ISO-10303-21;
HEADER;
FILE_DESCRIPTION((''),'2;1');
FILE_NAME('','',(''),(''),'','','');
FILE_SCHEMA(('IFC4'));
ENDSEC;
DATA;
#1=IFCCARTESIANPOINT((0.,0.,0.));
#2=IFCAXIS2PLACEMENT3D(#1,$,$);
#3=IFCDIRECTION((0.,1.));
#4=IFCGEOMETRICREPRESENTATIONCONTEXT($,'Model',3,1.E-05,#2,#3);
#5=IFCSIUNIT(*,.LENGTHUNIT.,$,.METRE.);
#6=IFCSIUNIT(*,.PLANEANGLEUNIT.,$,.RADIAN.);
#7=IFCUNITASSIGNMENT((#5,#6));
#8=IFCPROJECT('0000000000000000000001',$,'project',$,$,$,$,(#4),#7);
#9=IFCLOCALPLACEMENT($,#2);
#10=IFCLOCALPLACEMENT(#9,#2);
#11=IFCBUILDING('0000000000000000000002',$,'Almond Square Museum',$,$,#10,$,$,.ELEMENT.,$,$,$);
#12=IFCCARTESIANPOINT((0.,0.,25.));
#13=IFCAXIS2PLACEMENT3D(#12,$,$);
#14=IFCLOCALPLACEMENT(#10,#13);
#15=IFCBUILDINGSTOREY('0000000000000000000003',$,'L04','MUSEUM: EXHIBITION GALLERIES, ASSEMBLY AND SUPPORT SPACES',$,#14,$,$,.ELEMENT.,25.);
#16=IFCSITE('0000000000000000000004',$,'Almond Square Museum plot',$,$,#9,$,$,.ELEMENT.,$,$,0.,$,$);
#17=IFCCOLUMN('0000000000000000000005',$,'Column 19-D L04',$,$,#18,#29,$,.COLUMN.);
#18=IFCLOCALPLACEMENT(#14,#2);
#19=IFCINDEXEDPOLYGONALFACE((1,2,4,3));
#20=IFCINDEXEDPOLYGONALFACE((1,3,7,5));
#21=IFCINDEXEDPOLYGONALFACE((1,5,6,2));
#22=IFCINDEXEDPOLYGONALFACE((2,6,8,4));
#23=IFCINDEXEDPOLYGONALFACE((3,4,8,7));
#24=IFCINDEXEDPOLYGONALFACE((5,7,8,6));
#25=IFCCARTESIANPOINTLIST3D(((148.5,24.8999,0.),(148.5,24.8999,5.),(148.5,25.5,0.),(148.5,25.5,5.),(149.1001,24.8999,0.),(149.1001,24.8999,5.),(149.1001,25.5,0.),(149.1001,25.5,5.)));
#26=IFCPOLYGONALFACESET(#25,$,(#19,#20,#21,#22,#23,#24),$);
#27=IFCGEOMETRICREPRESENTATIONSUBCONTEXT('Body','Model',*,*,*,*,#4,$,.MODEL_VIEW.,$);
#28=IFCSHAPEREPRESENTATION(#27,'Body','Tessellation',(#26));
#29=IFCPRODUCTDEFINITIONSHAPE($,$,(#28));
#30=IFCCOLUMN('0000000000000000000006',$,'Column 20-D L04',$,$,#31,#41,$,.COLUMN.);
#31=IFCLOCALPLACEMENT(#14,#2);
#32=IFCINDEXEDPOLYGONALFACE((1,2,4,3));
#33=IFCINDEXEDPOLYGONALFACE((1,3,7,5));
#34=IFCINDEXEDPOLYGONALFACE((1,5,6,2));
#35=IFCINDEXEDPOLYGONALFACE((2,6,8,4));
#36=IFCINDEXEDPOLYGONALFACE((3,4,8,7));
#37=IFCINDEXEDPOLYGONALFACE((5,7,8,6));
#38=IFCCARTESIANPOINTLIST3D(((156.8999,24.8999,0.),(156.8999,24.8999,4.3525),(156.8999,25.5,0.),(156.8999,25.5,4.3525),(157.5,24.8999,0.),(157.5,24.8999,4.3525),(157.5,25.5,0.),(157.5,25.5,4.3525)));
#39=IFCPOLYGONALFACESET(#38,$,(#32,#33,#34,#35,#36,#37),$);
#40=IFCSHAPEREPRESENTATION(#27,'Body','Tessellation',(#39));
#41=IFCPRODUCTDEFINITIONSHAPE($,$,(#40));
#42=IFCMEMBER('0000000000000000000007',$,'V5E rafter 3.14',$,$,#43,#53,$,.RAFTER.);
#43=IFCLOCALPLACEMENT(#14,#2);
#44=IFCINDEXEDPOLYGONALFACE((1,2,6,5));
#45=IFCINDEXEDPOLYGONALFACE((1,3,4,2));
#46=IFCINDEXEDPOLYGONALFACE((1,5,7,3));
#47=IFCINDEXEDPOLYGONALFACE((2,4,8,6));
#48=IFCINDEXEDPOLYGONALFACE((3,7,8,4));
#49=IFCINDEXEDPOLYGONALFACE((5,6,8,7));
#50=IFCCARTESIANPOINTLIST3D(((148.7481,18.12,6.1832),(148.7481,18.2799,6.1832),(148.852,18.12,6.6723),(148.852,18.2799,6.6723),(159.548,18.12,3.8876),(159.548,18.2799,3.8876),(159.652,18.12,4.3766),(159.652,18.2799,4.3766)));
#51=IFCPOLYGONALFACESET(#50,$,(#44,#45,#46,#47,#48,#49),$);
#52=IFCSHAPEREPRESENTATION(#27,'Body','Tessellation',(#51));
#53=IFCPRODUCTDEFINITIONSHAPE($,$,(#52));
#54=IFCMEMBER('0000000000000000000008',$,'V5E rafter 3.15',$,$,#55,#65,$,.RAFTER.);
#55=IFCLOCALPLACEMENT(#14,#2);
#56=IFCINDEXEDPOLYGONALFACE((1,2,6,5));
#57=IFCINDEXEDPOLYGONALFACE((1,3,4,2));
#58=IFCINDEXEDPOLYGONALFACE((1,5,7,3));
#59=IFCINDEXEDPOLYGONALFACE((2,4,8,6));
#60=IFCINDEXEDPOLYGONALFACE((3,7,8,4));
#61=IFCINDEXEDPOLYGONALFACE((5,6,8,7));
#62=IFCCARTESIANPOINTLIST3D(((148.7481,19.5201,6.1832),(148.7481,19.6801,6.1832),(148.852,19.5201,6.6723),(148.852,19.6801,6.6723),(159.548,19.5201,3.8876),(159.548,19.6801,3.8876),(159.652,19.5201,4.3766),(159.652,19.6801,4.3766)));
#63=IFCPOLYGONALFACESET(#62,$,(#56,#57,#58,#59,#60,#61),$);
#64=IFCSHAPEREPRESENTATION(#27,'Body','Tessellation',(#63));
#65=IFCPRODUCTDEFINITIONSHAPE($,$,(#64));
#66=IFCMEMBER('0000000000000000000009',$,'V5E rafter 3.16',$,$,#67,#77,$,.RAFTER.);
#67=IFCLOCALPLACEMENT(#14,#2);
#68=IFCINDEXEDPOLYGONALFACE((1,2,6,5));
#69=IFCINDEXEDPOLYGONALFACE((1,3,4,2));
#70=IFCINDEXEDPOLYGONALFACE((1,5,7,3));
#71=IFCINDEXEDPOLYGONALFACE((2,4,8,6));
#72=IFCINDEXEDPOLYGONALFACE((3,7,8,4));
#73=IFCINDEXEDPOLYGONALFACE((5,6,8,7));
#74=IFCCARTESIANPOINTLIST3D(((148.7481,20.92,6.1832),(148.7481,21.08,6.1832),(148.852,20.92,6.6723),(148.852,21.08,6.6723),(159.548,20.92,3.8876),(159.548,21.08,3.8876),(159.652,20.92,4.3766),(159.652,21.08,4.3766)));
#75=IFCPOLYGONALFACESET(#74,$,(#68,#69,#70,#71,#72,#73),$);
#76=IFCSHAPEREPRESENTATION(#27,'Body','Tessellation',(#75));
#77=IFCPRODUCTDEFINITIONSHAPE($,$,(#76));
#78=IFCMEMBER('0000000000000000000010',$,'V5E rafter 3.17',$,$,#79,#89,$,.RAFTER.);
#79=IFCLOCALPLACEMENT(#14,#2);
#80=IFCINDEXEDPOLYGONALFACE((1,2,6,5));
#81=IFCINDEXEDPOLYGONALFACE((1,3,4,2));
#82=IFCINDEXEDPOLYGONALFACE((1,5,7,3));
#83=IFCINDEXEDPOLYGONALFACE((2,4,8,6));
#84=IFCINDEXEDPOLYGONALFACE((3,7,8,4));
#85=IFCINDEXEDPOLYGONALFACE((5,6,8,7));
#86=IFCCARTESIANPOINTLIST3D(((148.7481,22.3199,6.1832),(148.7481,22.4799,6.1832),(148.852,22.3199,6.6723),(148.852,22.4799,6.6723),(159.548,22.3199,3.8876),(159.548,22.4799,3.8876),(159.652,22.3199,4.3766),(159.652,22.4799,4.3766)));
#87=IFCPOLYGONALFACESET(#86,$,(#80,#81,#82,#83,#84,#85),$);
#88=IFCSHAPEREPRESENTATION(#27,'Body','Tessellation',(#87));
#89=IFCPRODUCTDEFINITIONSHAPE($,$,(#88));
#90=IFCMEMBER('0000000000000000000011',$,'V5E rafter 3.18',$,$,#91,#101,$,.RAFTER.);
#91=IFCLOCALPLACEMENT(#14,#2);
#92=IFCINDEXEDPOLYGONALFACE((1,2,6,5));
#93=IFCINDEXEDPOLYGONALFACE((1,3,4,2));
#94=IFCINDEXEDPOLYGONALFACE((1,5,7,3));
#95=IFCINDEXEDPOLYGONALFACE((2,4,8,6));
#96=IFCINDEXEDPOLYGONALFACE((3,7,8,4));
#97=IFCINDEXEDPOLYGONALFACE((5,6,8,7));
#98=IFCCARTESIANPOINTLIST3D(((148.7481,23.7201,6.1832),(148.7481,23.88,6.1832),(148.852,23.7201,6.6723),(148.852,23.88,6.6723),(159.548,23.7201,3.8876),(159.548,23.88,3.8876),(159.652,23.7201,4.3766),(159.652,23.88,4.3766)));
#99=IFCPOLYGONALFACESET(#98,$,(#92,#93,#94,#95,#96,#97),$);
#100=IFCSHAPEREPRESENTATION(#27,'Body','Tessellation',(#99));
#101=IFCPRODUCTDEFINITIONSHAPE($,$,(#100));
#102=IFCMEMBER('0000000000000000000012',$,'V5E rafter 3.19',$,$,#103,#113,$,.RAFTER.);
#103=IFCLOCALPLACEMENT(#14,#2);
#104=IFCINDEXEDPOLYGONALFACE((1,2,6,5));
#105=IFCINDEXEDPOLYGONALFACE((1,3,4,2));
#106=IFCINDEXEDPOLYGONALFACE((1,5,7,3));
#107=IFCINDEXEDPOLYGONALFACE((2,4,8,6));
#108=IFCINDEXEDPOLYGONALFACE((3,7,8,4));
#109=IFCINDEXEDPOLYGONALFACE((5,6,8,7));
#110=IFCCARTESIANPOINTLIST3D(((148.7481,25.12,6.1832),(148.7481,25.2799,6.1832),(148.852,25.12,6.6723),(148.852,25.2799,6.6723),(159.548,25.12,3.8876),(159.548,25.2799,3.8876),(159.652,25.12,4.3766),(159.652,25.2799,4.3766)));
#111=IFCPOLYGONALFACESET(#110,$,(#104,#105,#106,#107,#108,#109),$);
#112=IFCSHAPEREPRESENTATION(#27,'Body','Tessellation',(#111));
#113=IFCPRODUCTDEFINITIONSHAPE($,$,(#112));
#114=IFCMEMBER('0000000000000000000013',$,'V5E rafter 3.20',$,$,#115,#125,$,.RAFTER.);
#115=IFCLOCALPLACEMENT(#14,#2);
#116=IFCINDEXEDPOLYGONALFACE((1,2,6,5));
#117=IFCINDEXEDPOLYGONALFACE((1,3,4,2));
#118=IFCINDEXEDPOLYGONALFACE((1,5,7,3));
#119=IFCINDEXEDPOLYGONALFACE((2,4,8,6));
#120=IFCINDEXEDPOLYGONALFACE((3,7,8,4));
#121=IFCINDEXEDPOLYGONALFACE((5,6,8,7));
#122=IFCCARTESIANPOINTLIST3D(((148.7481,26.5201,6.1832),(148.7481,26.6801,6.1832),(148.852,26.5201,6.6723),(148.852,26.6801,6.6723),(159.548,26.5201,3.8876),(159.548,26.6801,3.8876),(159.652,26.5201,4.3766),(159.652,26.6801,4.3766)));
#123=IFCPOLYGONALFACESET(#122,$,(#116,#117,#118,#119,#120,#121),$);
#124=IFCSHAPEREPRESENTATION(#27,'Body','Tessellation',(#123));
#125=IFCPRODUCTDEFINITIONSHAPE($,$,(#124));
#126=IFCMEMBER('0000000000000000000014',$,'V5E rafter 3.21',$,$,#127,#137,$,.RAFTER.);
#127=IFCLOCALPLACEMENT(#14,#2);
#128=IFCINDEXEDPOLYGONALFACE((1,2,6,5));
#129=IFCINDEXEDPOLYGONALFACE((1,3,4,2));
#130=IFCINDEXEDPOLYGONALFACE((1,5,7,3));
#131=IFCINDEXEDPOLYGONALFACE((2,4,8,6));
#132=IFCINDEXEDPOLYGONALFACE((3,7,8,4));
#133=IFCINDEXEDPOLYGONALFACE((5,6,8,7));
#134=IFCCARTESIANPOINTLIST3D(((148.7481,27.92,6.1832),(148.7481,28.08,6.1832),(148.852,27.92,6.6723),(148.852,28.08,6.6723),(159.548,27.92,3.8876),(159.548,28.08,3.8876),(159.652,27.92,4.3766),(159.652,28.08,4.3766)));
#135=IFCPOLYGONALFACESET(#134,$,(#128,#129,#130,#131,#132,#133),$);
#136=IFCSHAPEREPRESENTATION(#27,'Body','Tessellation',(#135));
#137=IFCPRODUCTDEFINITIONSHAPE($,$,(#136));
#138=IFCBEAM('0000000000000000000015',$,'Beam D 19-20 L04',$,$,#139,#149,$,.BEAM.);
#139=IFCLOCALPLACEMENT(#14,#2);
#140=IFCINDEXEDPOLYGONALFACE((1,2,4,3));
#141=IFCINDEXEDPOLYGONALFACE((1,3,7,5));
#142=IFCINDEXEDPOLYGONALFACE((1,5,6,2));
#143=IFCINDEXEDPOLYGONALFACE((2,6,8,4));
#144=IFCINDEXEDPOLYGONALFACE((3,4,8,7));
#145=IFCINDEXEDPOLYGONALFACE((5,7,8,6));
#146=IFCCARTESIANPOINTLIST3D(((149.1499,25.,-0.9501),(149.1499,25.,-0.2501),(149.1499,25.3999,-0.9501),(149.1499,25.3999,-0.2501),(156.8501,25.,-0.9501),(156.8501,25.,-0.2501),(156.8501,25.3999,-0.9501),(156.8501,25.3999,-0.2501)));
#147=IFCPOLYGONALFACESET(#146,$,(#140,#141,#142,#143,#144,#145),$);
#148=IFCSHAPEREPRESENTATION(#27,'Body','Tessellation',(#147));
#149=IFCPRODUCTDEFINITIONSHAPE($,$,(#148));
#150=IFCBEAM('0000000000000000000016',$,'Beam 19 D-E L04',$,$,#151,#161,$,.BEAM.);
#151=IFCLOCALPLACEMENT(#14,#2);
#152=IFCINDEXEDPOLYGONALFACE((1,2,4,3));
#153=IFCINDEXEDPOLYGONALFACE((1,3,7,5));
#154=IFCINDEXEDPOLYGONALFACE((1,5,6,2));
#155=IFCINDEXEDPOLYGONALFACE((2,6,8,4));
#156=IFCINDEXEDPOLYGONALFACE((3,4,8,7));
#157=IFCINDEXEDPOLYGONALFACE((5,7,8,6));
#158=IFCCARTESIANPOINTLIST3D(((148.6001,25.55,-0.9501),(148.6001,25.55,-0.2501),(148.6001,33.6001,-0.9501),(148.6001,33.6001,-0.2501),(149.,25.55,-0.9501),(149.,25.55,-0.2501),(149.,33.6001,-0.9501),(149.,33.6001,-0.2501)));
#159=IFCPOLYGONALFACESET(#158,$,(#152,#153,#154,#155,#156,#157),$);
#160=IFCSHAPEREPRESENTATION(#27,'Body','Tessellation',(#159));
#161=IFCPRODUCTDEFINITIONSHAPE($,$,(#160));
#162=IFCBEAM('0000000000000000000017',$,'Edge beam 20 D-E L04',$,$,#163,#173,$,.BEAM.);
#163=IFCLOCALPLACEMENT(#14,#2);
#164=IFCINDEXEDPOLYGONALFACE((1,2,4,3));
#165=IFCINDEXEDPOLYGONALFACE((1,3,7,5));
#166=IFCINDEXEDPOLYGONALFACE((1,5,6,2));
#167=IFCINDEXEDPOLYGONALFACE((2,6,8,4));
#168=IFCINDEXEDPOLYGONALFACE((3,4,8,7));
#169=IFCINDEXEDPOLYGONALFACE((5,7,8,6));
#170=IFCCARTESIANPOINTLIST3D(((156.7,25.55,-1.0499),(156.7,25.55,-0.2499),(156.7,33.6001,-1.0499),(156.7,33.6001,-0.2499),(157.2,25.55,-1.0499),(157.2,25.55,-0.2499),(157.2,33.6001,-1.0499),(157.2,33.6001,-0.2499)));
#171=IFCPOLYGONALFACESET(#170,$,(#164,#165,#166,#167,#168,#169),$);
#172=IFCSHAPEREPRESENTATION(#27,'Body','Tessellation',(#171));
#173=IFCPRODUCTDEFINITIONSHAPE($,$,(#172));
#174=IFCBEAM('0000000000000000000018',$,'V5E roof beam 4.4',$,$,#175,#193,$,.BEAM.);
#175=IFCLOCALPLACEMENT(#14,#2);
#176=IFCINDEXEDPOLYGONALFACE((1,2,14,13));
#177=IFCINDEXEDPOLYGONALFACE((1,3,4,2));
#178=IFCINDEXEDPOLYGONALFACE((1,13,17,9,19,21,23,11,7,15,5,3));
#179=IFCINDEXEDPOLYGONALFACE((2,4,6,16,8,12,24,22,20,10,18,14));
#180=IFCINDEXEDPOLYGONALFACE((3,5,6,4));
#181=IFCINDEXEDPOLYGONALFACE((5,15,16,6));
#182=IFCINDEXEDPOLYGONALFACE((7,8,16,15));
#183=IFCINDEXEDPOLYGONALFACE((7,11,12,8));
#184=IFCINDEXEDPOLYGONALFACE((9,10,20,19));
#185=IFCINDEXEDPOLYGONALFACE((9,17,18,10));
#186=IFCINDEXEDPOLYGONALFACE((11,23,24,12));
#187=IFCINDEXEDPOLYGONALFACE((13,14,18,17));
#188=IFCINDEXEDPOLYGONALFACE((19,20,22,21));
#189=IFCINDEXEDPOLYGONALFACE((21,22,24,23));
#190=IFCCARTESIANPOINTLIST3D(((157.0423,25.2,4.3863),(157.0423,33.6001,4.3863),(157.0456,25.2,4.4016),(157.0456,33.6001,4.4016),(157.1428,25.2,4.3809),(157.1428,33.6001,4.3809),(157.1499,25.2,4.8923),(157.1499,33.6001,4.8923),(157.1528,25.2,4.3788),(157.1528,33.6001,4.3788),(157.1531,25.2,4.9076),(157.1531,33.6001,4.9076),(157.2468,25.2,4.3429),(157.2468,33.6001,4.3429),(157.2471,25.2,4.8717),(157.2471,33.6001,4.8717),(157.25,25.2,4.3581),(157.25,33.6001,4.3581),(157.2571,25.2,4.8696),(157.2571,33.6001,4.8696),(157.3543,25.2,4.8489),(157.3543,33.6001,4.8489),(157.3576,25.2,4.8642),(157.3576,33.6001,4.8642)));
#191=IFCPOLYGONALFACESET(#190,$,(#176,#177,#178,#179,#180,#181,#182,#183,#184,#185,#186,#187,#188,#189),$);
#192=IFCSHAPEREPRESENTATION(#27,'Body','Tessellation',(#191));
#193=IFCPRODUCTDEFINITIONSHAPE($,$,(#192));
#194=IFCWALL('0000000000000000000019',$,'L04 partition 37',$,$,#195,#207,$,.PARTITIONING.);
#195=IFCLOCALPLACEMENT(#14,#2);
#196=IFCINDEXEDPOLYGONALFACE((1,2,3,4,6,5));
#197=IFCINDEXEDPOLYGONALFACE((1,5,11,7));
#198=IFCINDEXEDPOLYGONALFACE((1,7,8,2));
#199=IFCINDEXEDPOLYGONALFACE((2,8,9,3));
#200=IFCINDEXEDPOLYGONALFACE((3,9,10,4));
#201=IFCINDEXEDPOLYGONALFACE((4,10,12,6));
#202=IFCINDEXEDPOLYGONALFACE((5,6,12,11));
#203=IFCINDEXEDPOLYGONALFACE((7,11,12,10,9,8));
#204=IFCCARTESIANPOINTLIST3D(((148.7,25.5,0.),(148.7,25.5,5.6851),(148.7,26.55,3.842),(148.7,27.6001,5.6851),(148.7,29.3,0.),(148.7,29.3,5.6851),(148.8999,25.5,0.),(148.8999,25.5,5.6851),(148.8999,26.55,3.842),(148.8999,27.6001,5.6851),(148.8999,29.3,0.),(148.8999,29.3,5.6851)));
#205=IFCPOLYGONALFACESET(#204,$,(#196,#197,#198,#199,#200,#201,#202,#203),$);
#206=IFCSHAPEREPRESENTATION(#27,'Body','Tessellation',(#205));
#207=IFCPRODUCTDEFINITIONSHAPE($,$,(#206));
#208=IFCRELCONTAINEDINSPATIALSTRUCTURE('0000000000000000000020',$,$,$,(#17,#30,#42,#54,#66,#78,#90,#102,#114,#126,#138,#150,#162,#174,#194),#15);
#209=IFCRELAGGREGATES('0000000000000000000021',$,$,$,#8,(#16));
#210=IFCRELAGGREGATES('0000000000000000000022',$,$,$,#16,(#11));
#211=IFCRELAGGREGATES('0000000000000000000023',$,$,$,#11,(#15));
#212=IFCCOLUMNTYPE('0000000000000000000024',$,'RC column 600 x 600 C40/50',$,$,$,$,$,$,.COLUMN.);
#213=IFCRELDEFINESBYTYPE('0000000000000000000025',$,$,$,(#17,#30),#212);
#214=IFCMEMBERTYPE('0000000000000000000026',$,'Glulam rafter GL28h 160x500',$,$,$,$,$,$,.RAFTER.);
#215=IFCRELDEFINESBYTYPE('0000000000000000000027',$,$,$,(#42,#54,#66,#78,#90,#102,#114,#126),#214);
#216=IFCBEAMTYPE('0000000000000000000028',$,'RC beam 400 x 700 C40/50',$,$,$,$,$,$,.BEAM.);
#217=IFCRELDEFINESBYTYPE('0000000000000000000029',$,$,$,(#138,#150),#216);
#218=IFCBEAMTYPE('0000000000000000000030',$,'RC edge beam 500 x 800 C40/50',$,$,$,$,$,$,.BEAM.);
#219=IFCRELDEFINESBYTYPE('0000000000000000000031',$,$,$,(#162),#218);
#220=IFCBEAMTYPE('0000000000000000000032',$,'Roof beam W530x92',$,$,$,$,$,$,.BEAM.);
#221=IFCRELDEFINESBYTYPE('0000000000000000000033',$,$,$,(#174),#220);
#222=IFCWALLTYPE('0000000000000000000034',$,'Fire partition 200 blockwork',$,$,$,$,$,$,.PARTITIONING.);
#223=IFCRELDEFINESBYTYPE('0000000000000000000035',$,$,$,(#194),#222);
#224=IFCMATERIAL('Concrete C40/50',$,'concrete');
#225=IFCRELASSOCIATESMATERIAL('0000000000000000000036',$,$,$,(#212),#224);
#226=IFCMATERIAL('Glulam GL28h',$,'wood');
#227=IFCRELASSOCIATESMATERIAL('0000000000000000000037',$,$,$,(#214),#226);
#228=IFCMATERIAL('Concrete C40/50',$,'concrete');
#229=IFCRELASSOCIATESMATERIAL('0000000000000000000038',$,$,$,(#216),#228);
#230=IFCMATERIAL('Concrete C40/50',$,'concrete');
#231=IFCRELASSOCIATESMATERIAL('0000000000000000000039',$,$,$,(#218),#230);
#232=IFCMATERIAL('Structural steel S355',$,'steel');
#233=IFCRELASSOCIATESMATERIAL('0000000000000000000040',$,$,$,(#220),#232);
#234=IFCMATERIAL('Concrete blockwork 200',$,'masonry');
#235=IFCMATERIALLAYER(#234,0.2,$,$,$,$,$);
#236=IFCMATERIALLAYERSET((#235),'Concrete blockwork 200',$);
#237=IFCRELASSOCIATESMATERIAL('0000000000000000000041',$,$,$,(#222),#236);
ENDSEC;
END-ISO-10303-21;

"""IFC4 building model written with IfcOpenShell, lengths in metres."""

from ifc_helpers import new_model, si_unit, direction, frame, origin, origin_2d, place, context, subcontext, project, spatial, polyline, rectangle, i_section, outline, extrude, material, layer, layer_set, material_profile, profile_set, type_object, element, save


model = new_model("IFC4")

# Units and contexts
model_context = context("Model", 3, precision=1e-05, world=origin(), true_north=direction((0.0, 1.0)))
body_context = subcontext(model_context, "Body", "Model", "MODEL_VIEW")
ifc_project = project(units=[si_unit("LENGTHUNIT", "METRE"), si_unit("PLANEANGLEUNIT", "RADIAN")], contexts=[model_context])

# Site, building, storey
site_placement = place(None, origin())
site = spatial("IfcSite", under=ifc_project, at=site_placement, Name="Almond Square Museum plot", CompositionType="ELEMENT", RefElevation=0.0)
building_placement = place(site_placement, origin())
building = spatial("IfcBuilding", under=site, at=building_placement, Name="Almond Square Museum", CompositionType="ELEMENT")
storey_placement = place(building_placement, frame((0.0, 0.0, 25.0)))
storey = spatial("IfcBuildingStorey", under=building, at=storey_placement, Name="L04", Description="MUSEUM: EXHIBITION GALLERIES, ASSEMBLY AND SUPPORT SPACES", CompositionType="ELEMENT", Elevation=25.0)

# Columns
ifc_material_1 = material(Name="Concrete C40/50", Category="concrete")
ifc_material_profile_1 = material_profile(ifc_material_1, rectangle(XDim=0.6001, YDim=0.6001, at=origin_2d()))
ifc_profile_set_1 = profile_set([ifc_material_profile_1], Name="Concrete C40/50")
column_type = type_object("IfcColumnType", Name="RC column 600 x 600 C40/50", PredefinedType="COLUMN", material=ifc_profile_set_1)
column_1_placement = place(storey_placement, frame((148.8, 25.2, 0.0), z_axis=(0.0, 0.0, 1.0), x_axis=(1.0, 0.0, 0.0)))
element("IfcColumn", 1, at=column_1_placement, inside=storey, type_object=column_type, Name="Column 19-D L04", PredefinedType="COLUMN", context=body_context, shape_type="SweptSolid", body=[
    extrude(rectangle(XDim=0.6001, YDim=0.6001, at=origin_2d()), origin(), (0.0, 0.0, 1.0), 5.0),
])
column_2_placement = place(storey_placement, frame((157.2, 25.2, 0.0), z_axis=(0.0, 0.0, 1.0), x_axis=(1.0, 0.0, 0.0)))
element("IfcColumn", 2, at=column_2_placement, inside=storey, type_object=column_type, Name="Column 20-D L04", PredefinedType="COLUMN", context=body_context, shape_type="SweptSolid", body=[
    extrude(rectangle(XDim=0.6001, YDim=0.6001, at=origin_2d()), origin(), (0.0, 0.0, 1.0), 4.3525),
])

# Members
ifc_material_2 = material(Name="Glulam GL28h", Category="wood")
ifc_material_profile_2 = material_profile(ifc_material_2, rectangle(XDim=0.1599, YDim=0.5, at=origin_2d()))
ifc_profile_set_2 = profile_set([ifc_material_profile_2], Name="Glulam GL28h")
member_type = type_object("IfcMemberType", Name="Glulam rafter GL28h 160x500", PredefinedType="RAFTER", material=ifc_profile_set_2)
for number, where, z_axis, x_axis, name in (
    (3, (148.8, 18.2, 6.4277), (0.978147, 0.0, -0.207915), (0.0, 1.0, 0.0), "V5E rafter 3.14"),
    (4, (148.8, 19.6001, 6.4277), (0.978147, 0.0, -0.207915), (0.0, 1.0, 0.0), "V5E rafter 3.15"),
    (5, (148.8, 21.0, 6.4277), (0.978147, 0.0, -0.207915), (0.0, 1.0, 0.0), "V5E rafter 3.16"),
    (6, (148.8, 22.3999, 6.4277), (0.978147, 0.0, -0.207915), (0.0, 1.0, 0.0), "V5E rafter 3.17"),
    (7, (148.8, 23.8, 6.4277), (0.978147, 0.0, -0.207915), (0.0, 1.0, 0.0), "V5E rafter 3.18"),
    (8, (148.8, 25.2, 6.4277), (0.978147, 0.0, -0.207915), (0.0, 1.0, 0.0), "V5E rafter 3.19"),
    (9, (148.8, 26.6001, 6.4277), (0.978147, 0.0, -0.207915), (0.0, 1.0, 0.0), "V5E rafter 3.20"),
    (10, (148.8, 28.0, 6.4277), (0.978147, 0.0, -0.207915), (0.0, 1.0, 0.0), "V5E rafter 3.21"),
):
    element("IfcMember", number, at=place(storey_placement, frame(where, z_axis=z_axis, x_axis=x_axis)), inside=storey, type_object=member_type, Name=name, PredefinedType="RAFTER", context=body_context, shape_type="SweptSolid", body=[
        extrude(rectangle(XDim=0.1599, YDim=0.5, at=origin_2d()), origin(), (0.0, 0.0, 1.0), 11.0413),
    ])

# Beams
ifc_material_3 = material(Name="Concrete C40/50", Category="concrete")
ifc_material_profile_3 = material_profile(ifc_material_3, rectangle(XDim=0.3999, YDim=0.7, at=origin_2d()))
ifc_profile_set_3 = profile_set([ifc_material_profile_3], Name="Concrete C40/50")
beam_type_1 = type_object("IfcBeamType", Name="RC beam 400 x 700 C40/50", PredefinedType="BEAM", material=ifc_profile_set_3)
beam_1_placement = place(storey_placement, frame((149.1499, 25.2, -0.6001), z_axis=(1.0, 0.0, 0.0), x_axis=(0.0, 1.0, 0.0)))
element("IfcBeam", 11, at=beam_1_placement, inside=storey, type_object=beam_type_1, Name="Beam D 19-20 L04", PredefinedType="BEAM", context=body_context, shape_type="SweptSolid", body=[
    extrude(rectangle(XDim=0.3999, YDim=0.7, at=origin_2d()), origin(), (0.0, 0.0, 1.0), 7.7002),
])
beam_2_placement = place(storey_placement, frame((148.8, 25.55, -0.6001), z_axis=(0.0, 1.0, 0.0), x_axis=(-1.0, 0.0, 0.0)))
element("IfcBeam", 12, at=beam_2_placement, inside=storey, type_object=beam_type_1, Name="Beam 19 D-E L04", PredefinedType="BEAM", context=body_context, shape_type="SweptSolid", body=[
    extrude(rectangle(XDim=0.3999, YDim=0.7, at=origin_2d()), origin(), (0.0, 0.0, 1.0), 8.05),
])
ifc_material_4 = material(Name="Concrete C40/50", Category="concrete")
ifc_material_profile_4 = material_profile(ifc_material_4, rectangle(XDim=0.5, YDim=0.8, at=origin_2d()))
ifc_profile_set_4 = profile_set([ifc_material_profile_4], Name="Concrete C40/50")
beam_type_2 = type_object("IfcBeamType", Name="RC edge beam 500 x 800 C40/50", PredefinedType="BEAM", material=ifc_profile_set_4)
beam_3_placement = place(storey_placement, frame((156.95, 25.55, -0.6499), z_axis=(0.0, 1.0, 0.0), x_axis=(-1.0, 0.0, 0.0)))
element("IfcBeam", 13, at=beam_3_placement, inside=storey, type_object=beam_type_2, Name="Edge beam 20 D-E L04", PredefinedType="BEAM", context=body_context, shape_type="SweptSolid", body=[
    extrude(rectangle(XDim=0.5, YDim=0.8, at=origin_2d()), origin(), (0.0, 0.0, 1.0), 8.05),
])
ifc_material_5 = material(Name="Structural steel S355", Category="steel")
ifc_material_profile_5 = material_profile(ifc_material_5, i_section(OverallWidth=0.209, OverallDepth=0.533, WebThickness=0.0103, FlangeThickness=0.0156, at=origin_2d()))
ifc_profile_set_5 = profile_set([ifc_material_profile_5], Name="Structural steel S355")
beam_type_3 = type_object("IfcBeamType", Name="Roof beam W530x92", PredefinedType="BEAM", material=ifc_profile_set_5)
beam_4_placement = place(storey_placement, frame((157.2, 25.2, 4.6252), z_axis=(0.0, 1.0, 0.0), x_axis=(-0.978148, 0.0, 0.207912)))
element("IfcBeam", 14, at=beam_4_placement, inside=storey, type_object=beam_type_3, Name="V5E roof beam 4.4", PredefinedType="BEAM", context=body_context, shape_type="SweptSolid", body=[
    extrude(i_section(OverallWidth=0.209, OverallDepth=0.533, WebThickness=0.0103, FlangeThickness=0.0156, at=origin_2d()), origin(), (0.0, 0.0, 1.0), 8.4001),
])

# Wall
ifc_material_6 = material(Name="Concrete blockwork 200", Category="masonry")
ifc_layer_1 = layer(ifc_material_6, 0.2)
ifc_layer_set_1 = layer_set([ifc_layer_1], Name="Concrete blockwork 200")
wall_type_1 = type_object("IfcWallType", Name="Fire partition 200 blockwork", PredefinedType="PARTITIONING", material=ifc_layer_set_1)
wall_1_placement = place(storey_placement, frame((148.8, 25.5, 0.0), z_axis=(0.0, 0.0, 1.0), x_axis=(0.0, 1.0, 0.0)))
element("IfcWall", 15, at=wall_1_placement, inside=storey, type_object=wall_type_1, Name="L04 partition 37", PredefinedType="PARTITIONING", context=body_context, shape_type="SweptSolid", body=[
    extrude(outline(polyline([(0.0, 0.0), (3.8, 0.0), (3.8, 5.6851), (2.1001, 5.6851), (1.05, 3.842), (0.0, 5.6851), (0.0, 0.0)])), frame((0.0, 0.1001, 0.0), z_axis=(0.0, -1.0, 0.0), x_axis=(1.0, 0.0, 0.0)), (0.0, 0.0, 1.0), 0.2),
])

save(model, "model.ifc")
